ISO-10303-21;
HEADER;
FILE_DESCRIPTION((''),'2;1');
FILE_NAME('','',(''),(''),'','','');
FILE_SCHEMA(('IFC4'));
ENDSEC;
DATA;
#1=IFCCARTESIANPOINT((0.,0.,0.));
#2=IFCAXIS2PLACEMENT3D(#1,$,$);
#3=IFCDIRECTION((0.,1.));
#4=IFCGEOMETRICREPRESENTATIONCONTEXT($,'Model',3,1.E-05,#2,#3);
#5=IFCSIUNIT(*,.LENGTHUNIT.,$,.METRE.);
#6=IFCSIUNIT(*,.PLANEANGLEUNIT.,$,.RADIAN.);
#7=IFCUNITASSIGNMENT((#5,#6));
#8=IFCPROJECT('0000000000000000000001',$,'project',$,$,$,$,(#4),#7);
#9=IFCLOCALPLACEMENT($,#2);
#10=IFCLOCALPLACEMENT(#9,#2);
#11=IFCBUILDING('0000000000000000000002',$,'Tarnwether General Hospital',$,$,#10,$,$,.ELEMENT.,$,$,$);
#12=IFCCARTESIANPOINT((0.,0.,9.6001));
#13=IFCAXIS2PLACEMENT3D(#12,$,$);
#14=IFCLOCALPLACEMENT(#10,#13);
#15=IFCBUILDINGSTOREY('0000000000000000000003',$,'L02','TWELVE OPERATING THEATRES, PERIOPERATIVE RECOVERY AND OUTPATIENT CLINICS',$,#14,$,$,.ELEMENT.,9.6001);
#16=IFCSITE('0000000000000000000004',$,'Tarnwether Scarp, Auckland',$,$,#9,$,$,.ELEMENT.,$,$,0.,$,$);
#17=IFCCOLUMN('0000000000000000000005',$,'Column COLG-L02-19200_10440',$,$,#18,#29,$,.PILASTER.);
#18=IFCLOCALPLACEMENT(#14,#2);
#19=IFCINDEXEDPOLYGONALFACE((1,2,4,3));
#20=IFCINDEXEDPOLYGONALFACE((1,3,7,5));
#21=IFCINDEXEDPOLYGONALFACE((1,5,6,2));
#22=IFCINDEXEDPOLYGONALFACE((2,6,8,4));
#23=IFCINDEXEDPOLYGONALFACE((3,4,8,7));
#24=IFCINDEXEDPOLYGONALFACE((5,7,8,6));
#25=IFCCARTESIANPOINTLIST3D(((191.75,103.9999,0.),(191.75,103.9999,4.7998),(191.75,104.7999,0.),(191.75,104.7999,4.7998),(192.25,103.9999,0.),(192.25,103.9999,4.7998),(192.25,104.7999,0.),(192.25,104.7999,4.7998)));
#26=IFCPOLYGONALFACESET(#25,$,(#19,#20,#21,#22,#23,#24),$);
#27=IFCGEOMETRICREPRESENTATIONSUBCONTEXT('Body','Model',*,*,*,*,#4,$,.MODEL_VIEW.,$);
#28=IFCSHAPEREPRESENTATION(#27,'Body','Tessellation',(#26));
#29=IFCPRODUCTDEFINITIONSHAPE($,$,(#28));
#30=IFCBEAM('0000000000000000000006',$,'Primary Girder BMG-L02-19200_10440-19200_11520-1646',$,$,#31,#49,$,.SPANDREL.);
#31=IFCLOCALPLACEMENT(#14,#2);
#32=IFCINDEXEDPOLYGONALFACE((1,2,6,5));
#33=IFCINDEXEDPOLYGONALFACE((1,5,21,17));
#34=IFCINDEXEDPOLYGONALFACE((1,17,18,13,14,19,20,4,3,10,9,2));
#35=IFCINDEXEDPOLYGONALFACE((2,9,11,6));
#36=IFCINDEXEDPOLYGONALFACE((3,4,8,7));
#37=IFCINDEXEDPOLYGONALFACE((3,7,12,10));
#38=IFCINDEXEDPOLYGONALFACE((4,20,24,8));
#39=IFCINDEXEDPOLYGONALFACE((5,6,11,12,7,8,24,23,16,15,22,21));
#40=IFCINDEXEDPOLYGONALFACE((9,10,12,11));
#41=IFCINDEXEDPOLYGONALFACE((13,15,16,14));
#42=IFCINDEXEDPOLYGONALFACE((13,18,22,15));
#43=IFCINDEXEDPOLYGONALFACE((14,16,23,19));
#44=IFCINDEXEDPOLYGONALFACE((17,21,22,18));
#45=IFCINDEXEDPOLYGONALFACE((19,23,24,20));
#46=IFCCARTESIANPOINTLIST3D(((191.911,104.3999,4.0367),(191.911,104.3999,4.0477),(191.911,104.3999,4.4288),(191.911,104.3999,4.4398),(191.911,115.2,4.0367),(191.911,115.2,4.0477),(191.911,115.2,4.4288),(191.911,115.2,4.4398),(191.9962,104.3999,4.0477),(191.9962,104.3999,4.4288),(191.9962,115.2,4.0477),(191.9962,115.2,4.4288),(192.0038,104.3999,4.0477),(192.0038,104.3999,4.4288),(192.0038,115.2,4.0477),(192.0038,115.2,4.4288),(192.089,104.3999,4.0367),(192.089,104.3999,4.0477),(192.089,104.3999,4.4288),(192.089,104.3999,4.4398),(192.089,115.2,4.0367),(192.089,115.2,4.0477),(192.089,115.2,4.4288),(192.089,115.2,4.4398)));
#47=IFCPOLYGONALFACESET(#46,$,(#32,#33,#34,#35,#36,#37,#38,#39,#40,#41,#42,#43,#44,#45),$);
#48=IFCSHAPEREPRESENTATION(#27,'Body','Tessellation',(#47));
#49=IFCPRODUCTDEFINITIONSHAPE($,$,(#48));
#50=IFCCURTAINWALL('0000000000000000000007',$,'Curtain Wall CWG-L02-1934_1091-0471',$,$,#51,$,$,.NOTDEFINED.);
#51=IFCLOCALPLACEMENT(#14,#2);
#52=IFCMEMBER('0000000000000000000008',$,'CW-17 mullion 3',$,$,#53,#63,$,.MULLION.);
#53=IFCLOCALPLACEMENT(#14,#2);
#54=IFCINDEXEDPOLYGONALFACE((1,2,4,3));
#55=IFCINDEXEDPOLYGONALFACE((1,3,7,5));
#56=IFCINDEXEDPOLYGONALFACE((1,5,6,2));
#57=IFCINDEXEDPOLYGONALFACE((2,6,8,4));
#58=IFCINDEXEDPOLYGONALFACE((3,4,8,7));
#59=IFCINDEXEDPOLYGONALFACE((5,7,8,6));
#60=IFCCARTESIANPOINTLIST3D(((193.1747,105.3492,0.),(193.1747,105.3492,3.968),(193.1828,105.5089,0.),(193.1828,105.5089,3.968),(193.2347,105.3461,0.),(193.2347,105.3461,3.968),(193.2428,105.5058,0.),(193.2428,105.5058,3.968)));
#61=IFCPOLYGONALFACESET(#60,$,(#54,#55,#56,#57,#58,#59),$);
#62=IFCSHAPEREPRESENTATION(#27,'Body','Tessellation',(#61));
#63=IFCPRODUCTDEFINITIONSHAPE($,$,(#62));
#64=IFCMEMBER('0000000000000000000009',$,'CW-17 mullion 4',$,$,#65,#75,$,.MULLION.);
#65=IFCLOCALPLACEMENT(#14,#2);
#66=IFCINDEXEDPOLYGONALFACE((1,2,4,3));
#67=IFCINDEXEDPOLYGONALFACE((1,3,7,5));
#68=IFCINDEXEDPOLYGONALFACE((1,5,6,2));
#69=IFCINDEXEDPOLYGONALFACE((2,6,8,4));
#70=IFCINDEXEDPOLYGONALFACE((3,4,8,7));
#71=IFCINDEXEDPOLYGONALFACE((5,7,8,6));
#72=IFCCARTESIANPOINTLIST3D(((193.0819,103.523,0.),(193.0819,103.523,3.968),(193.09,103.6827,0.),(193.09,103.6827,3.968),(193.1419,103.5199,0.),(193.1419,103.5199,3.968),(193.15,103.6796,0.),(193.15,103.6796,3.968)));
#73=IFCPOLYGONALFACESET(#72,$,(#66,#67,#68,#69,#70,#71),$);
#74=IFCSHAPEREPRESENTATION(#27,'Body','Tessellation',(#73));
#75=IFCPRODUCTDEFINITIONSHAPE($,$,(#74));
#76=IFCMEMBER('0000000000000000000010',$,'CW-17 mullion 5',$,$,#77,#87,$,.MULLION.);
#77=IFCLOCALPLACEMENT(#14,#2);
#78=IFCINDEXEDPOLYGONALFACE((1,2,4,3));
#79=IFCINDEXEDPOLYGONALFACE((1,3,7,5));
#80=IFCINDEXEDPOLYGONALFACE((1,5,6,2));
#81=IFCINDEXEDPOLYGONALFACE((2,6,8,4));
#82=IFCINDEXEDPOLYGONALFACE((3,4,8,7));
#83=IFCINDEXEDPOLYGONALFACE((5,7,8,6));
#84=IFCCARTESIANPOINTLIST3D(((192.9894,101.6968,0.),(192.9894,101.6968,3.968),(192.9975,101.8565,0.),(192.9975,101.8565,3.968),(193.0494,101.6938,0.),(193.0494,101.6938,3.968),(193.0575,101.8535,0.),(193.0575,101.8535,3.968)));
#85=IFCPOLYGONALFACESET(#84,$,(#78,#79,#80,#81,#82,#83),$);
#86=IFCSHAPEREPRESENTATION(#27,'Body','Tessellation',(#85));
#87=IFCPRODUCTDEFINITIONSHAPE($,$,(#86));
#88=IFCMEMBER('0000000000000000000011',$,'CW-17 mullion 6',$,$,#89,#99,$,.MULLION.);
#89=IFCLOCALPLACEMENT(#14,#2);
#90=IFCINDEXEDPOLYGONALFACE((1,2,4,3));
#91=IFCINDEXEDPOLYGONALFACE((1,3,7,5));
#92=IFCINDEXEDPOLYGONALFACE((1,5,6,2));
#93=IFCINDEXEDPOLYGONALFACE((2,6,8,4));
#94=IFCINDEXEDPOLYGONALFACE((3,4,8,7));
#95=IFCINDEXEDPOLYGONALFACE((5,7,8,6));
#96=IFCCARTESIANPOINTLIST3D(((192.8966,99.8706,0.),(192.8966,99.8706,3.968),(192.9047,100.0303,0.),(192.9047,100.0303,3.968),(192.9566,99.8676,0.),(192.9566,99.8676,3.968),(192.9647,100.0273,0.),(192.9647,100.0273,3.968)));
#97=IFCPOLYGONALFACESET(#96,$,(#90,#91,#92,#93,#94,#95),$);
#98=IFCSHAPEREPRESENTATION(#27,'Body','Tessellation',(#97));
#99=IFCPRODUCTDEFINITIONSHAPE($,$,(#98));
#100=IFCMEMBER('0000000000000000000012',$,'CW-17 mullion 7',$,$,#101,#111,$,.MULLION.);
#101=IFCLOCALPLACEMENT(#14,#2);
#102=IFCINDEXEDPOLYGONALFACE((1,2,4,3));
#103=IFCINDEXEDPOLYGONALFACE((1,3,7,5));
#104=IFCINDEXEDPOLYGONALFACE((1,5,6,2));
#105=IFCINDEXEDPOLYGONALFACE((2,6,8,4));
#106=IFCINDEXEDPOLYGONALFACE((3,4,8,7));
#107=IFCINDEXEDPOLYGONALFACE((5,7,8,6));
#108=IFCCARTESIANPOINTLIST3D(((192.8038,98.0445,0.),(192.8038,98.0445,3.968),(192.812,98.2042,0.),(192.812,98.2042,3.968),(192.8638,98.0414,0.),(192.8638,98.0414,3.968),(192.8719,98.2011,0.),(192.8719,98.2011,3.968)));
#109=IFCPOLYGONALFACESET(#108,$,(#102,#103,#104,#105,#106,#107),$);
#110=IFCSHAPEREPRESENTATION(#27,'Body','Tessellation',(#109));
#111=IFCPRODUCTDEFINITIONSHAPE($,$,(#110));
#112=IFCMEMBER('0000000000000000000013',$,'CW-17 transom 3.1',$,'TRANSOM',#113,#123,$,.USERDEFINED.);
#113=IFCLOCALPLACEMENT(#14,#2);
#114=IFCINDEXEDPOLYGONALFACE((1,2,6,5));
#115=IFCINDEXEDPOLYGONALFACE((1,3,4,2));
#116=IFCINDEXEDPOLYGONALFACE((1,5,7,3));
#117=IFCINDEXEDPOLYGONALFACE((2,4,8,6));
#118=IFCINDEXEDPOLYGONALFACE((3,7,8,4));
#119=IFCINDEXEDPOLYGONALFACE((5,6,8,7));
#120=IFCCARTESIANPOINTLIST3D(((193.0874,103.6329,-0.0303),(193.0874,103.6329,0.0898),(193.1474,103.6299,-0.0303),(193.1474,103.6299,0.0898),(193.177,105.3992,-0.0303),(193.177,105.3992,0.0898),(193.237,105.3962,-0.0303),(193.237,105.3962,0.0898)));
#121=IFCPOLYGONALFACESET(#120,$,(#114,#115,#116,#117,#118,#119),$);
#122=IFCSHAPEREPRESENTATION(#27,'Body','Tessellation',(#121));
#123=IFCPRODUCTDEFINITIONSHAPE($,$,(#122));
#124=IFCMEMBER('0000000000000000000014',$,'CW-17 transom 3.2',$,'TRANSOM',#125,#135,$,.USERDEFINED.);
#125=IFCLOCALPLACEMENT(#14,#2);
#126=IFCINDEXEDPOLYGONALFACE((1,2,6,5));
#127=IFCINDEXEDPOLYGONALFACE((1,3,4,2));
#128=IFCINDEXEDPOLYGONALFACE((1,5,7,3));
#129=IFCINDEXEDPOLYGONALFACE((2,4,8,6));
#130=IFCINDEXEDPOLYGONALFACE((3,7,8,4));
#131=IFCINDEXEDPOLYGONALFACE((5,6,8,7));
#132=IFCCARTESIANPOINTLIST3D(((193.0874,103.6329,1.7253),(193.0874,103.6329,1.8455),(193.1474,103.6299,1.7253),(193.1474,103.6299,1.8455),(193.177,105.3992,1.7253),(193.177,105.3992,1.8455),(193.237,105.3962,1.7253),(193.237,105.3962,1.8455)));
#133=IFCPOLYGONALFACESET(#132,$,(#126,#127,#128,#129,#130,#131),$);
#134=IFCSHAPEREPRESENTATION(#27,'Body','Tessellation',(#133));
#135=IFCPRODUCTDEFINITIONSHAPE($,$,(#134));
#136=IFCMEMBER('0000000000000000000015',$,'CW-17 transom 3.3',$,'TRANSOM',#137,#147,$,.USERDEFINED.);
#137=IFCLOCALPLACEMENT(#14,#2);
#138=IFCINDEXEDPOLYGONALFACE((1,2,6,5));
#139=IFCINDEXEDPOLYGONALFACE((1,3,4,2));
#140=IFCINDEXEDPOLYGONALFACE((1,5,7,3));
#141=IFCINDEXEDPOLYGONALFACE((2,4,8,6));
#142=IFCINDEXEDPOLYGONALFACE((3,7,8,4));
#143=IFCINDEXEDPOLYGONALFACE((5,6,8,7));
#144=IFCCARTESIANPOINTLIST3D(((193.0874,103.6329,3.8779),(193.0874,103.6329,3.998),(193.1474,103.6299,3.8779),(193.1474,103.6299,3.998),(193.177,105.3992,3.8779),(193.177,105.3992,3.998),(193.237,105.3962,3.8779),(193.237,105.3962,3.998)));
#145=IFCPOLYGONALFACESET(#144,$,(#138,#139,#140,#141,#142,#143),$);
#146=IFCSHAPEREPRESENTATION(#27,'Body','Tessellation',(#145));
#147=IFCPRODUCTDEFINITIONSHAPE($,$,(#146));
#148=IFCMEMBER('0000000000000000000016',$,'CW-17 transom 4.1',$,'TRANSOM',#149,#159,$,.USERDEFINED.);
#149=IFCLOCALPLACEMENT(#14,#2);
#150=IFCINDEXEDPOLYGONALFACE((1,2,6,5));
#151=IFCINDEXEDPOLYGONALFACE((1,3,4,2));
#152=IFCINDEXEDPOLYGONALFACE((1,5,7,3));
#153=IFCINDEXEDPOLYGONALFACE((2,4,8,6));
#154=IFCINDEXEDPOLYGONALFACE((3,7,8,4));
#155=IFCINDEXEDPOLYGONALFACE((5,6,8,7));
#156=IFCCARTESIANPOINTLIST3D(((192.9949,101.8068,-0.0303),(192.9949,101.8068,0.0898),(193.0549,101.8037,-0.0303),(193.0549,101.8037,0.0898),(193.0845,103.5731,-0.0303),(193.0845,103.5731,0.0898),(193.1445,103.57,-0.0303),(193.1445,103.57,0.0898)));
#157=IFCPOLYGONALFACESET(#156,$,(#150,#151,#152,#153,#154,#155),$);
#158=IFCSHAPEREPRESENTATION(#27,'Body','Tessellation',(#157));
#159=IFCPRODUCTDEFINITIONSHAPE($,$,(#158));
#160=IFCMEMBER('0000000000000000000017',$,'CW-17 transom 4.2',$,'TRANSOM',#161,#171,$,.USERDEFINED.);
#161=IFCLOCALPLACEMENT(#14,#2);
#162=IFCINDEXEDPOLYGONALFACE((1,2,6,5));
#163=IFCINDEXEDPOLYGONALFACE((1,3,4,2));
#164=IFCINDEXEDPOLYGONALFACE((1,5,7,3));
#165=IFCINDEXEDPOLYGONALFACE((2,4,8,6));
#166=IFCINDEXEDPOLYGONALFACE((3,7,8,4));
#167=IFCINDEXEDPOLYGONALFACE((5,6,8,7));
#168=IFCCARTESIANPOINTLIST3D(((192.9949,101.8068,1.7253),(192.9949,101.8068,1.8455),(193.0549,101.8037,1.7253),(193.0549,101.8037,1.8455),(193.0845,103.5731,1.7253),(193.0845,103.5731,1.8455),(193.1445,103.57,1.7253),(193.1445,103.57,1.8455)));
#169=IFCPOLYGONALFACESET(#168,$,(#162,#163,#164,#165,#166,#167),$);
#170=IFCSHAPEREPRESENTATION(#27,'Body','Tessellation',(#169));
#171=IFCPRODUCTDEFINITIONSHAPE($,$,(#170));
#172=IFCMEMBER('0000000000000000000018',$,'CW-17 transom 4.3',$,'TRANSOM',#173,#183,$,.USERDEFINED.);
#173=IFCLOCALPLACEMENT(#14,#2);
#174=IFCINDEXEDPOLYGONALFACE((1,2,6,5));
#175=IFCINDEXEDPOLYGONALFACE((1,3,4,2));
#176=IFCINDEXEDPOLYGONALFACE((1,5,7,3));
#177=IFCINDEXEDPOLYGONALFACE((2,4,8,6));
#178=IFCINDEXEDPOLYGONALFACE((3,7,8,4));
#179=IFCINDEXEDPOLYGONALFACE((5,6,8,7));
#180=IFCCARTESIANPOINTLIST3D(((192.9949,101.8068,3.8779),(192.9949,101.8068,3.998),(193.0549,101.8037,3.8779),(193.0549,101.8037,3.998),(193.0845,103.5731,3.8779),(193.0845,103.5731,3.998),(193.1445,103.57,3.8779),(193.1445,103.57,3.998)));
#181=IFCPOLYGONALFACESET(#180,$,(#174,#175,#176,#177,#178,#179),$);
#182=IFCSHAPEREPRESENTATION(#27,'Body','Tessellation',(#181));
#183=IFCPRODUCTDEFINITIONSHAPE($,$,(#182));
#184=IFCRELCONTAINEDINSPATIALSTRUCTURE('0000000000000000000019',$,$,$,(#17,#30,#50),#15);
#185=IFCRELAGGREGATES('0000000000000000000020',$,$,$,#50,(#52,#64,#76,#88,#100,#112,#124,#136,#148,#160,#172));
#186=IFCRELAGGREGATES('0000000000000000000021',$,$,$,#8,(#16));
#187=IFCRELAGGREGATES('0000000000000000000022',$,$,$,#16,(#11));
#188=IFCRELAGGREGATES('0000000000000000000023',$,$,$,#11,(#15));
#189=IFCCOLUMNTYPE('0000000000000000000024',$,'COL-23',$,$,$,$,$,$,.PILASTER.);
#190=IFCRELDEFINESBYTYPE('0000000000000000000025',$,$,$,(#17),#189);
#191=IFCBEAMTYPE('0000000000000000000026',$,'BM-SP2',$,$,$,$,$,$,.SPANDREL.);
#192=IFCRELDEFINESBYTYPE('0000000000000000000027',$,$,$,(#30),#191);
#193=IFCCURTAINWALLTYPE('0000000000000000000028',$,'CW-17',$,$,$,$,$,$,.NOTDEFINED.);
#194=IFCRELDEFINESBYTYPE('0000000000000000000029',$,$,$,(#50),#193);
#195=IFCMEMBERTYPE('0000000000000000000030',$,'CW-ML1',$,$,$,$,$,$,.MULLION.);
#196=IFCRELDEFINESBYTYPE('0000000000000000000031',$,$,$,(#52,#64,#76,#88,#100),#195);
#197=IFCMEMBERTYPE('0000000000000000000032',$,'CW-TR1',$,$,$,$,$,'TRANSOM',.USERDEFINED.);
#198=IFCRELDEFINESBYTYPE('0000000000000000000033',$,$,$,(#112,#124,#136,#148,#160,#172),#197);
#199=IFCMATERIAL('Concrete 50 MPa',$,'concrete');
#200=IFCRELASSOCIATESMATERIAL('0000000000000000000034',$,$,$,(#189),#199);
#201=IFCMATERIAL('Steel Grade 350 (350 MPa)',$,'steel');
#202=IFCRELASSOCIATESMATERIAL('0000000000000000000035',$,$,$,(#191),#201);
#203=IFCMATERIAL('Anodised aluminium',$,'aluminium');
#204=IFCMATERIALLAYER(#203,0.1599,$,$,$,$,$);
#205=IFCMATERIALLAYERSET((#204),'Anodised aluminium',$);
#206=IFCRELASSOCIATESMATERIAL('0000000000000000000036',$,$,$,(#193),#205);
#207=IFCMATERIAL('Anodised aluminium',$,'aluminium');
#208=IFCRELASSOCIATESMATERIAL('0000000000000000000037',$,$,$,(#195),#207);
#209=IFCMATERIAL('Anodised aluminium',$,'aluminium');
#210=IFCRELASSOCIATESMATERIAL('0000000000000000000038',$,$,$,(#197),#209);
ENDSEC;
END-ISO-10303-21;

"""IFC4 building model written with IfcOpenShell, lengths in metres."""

from ifc_helpers import new_model, si_unit, direction, frame, origin, origin_2d, place, context, subcontext, project, spatial, rectangle, i_section, extrude, material, layer, layer_set, material_profile, profile_set, type_object, element, aggregate, save


model = new_model("IFC4")

# Units and contexts
model_context = context("Model", 3, precision=1e-05, world=origin(), true_north=direction((0.0, 1.0)))
body_context = subcontext(model_context, "Body", "Model", "MODEL_VIEW")
ifc_project = project(units=[si_unit("LENGTHUNIT", "METRE"), si_unit("PLANEANGLEUNIT", "RADIAN")], contexts=[model_context])

# Site, building, storey
site_placement = place(None, origin())
site = spatial("IfcSite", under=ifc_project, at=site_placement, Name="Tarnwether Scarp, Auckland", CompositionType="ELEMENT", RefElevation=0.0)
building_placement = place(site_placement, origin())
building = spatial("IfcBuilding", under=site, at=building_placement, Name="Tarnwether General Hospital", CompositionType="ELEMENT")
storey_placement = place(building_placement, frame((0.0, 0.0, 9.6001)))
storey = spatial("IfcBuildingStorey", under=building, at=storey_placement, Name="L02", Description="TWELVE OPERATING THEATRES, PERIOPERATIVE RECOVERY AND OUTPATIENT CLINICS", CompositionType="ELEMENT", Elevation=9.6001)

# Column
ifc_material_1 = material(Name="Concrete 50 MPa", Category="concrete")
ifc_material_profile_1 = material_profile(ifc_material_1, rectangle(XDim=0.5, YDim=0.8, at=origin_2d()), Name="RC-PIL-500x800")
ifc_profile_set_1 = profile_set([ifc_material_profile_1], Name="Concrete 50 MPa")
column_type = type_object("IfcColumnType", Name="COL-23", PredefinedType="PILASTER", material=ifc_profile_set_1)
column_placement = place(storey_placement, frame((192.0, 104.3999, 0.0), z_axis=(0.0, 0.0, 1.0), x_axis=(1.0, 0.0, 0.0)))
element("IfcColumn", 1, at=column_placement, inside=storey, type_object=column_type, Name="Column COLG-L02-19200_10440", PredefinedType="PILASTER", context=body_context, shape_type="SweptSolid", body=[
    extrude(rectangle(XDim=0.5, YDim=0.8, at=origin_2d()), origin(), (0.0, 0.0, 1.0), 4.7998),
])

# Beam
ifc_material_2 = material(Name="Steel Grade 350 (350 MPa)", Category="steel")
ifc_material_profile_2 = material_profile(ifc_material_2, i_section(OverallWidth=0.178, OverallDepth=0.4031, WebThickness=0.0076, FlangeThickness=0.011, at=origin_2d()), Name="410UB53.7")
ifc_profile_set_2 = profile_set([ifc_material_profile_2], Name="Steel Grade 350 (350 MPa)")
beam_type = type_object("IfcBeamType", Name="BM-SP2", PredefinedType="SPANDREL", material=ifc_profile_set_2)
beam_placement = place(storey_placement, frame((192.0, 104.3999, 4.2383), z_axis=(0.0, 1.0, 0.0), x_axis=(-1.0, 0.0, 0.0)))
element("IfcBeam", 2, at=beam_placement, inside=storey, type_object=beam_type, Name="Primary Girder BMG-L02-19200_10440-19200_11520-1646", PredefinedType="SPANDREL", context=body_context, shape_type="SweptSolid", body=[
    extrude(i_section(OverallWidth=0.178, OverallDepth=0.4031, WebThickness=0.0076, FlangeThickness=0.011, at=origin_2d()), origin(), (0.0, 0.0, 1.0), 10.8),
])

# Curtain wall, members
ifc_material_3 = material(Name="Anodised aluminium", Category="aluminium")
ifc_layer_1 = layer(ifc_material_3, 0.1599)
ifc_layer_set_1 = layer_set([ifc_layer_1], Name="Anodised aluminium")
curtain_wall_type = type_object("IfcCurtainWallType", Name="CW-17", PredefinedType="NOTDEFINED", material=ifc_layer_set_1)
curtain_wall_placement = place(storey_placement, origin())
curtain_wall = element("IfcCurtainWall", 3, at=curtain_wall_placement, inside=storey, type_object=curtain_wall_type, Name="Curtain Wall CWG-L02-1934_1091-0471", PredefinedType="NOTDEFINED")
ifc_material_4 = material(Name="Anodised aluminium", Category="aluminium")
ifc_material_profile_3 = material_profile(ifc_material_4, rectangle(XDim=0.0601, YDim=0.1599, at=origin_2d()), Name="ALU-MUL-60x160")
ifc_profile_set_3 = profile_set([ifc_material_profile_3], Name="Anodised aluminium")
member_type_1 = type_object("IfcMemberType", Name="CW-ML1", PredefinedType="MULLION", material=ifc_profile_set_3)
member_1_placement = place(storey_placement, frame((193.2087, 105.4275, 0.0), z_axis=(0.0, 0.0, 1.0), x_axis=(0.998715, -0.050678, 0.0)))
member_1 = element("IfcMember", 4, at=member_1_placement, type_object=member_type_1, Name="CW-17 mullion 3", PredefinedType="MULLION", context=body_context, shape_type="SweptSolid", body=[
    extrude(rectangle(XDim=0.0601, YDim=0.1599, at=origin_2d()), origin(), (0.0, 0.0, 1.0), 3.968),
])
member_2_placement = place(storey_placement, frame((193.116, 103.6013, 0.0), z_axis=(0.0, 0.0, 1.0), x_axis=(0.998715, -0.050678, 0.0)))
member_2 = element("IfcMember", 5, at=member_2_placement, type_object=member_type_1, Name="CW-17 mullion 4", PredefinedType="MULLION", context=body_context, shape_type="SweptSolid", body=[
    extrude(rectangle(XDim=0.0601, YDim=0.1599, at=origin_2d()), origin(), (0.0, 0.0, 1.0), 3.968),
])
member_3_placement = place(storey_placement, frame((193.0234, 101.7751, 0.0), z_axis=(0.0, 0.0, 1.0), x_axis=(0.998715, -0.050678, 0.0)))
member_3 = element("IfcMember", 6, at=member_3_placement, type_object=member_type_1, Name="CW-17 mullion 5", PredefinedType="MULLION", context=body_context, shape_type="SweptSolid", body=[
    extrude(rectangle(XDim=0.0601, YDim=0.1599, at=origin_2d()), origin(), (0.0, 0.0, 1.0), 3.968),
])
member_4_placement = place(storey_placement, frame((192.9307, 99.949, 0.0), z_axis=(0.0, 0.0, 1.0), x_axis=(0.998715, -0.050678, 0.0)))
member_4 = element("IfcMember", 7, at=member_4_placement, type_object=member_type_1, Name="CW-17 mullion 6", PredefinedType="MULLION", context=body_context, shape_type="SweptSolid", body=[
    extrude(rectangle(XDim=0.0601, YDim=0.1599, at=origin_2d()), origin(), (0.0, 0.0, 1.0), 3.968),
])
member_5_placement = place(storey_placement, frame((192.8379, 98.1228, 0.0), z_axis=(0.0, 0.0, 1.0), x_axis=(0.998715, -0.050678, 0.0)))
member_5 = element("IfcMember", 8, at=member_5_placement, type_object=member_type_1, Name="CW-17 mullion 7", PredefinedType="MULLION", context=body_context, shape_type="SweptSolid", body=[
    extrude(rectangle(XDim=0.0601, YDim=0.1599, at=origin_2d()), origin(), (0.0, 0.0, 1.0), 3.968),
])
ifc_material_5 = material(Name="Anodised aluminium", Category="aluminium")
ifc_material_profile_4 = material_profile(ifc_material_5, rectangle(XDim=0.0601, YDim=0.1201, at=origin_2d()), Name="ALU-TRN-60x120")
ifc_profile_set_4 = profile_set([ifc_material_profile_4], Name="Anodised aluminium")
member_type_2 = type_object("IfcMemberType", Name="CW-TR1", ElementType="TRANSOM", PredefinedType="USERDEFINED", material=ifc_profile_set_4)
member_6_placement = place(storey_placement, frame((193.207, 105.3977, 0.0298), z_axis=(-0.050661, -0.998716, 0.0), x_axis=(0.998716, -0.050661, 0.0)))
member_6 = element("IfcMember", 9, at=member_6_placement, type_object=member_type_2, Name="CW-17 transom 3.1", ObjectType="TRANSOM", PredefinedType="USERDEFINED", context=body_context, shape_type="SweptSolid", body=[
    extrude(rectangle(XDim=0.0601, YDim=0.1201, at=origin_2d()), origin(), (0.0, 0.0, 1.0), 1.7686),
])
member_7_placement = place(storey_placement, frame((193.207, 105.3977, 1.7854), z_axis=(-0.050661, -0.998716, 0.0), x_axis=(0.998716, -0.050661, 0.0)))
member_7 = element("IfcMember", 10, at=member_7_placement, type_object=member_type_2, Name="CW-17 transom 3.2", ObjectType="TRANSOM", PredefinedType="USERDEFINED", context=body_context, shape_type="SweptSolid", body=[
    extrude(rectangle(XDim=0.0601, YDim=0.1201, at=origin_2d()), origin(), (0.0, 0.0, 1.0), 1.7686),
])
member_8_placement = place(storey_placement, frame((193.207, 105.3977, 3.938), z_axis=(-0.050661, -0.998716, 0.0), x_axis=(0.998716, -0.050661, 0.0)))
member_8 = element("IfcMember", 11, at=member_8_placement, type_object=member_type_2, Name="CW-17 transom 3.3", ObjectType="TRANSOM", PredefinedType="USERDEFINED", context=body_context, shape_type="SweptSolid", body=[
    extrude(rectangle(XDim=0.0601, YDim=0.1201, at=origin_2d()), origin(), (0.0, 0.0, 1.0), 1.7686),
])
member_9_placement = place(storey_placement, frame((193.1145, 103.5715, 0.0298), z_axis=(-0.050661, -0.998716, 0.0), x_axis=(0.998716, -0.050661, 0.0)))
member_9 = element("IfcMember", 12, at=member_9_placement, type_object=member_type_2, Name="CW-17 transom 4.1", ObjectType="TRANSOM", PredefinedType="USERDEFINED", context=body_context, shape_type="SweptSolid", body=[
    extrude(rectangle(XDim=0.0601, YDim=0.1201, at=origin_2d()), origin(), (0.0, 0.0, 1.0), 1.7686),
])
member_10_placement = place(storey_placement, frame((193.1145, 103.5715, 1.7854), z_axis=(-0.050661, -0.998716, 0.0), x_axis=(0.998716, -0.050661, 0.0)))
member_10 = element("IfcMember", 13, at=member_10_placement, type_object=member_type_2, Name="CW-17 transom 4.2", ObjectType="TRANSOM", PredefinedType="USERDEFINED", context=body_context, shape_type="SweptSolid", body=[
    extrude(rectangle(XDim=0.0601, YDim=0.1201, at=origin_2d()), origin(), (0.0, 0.0, 1.0), 1.7686),
])
member_11_placement = place(storey_placement, frame((193.1145, 103.5715, 3.938), z_axis=(-0.050661, -0.998716, 0.0), x_axis=(0.998716, -0.050661, 0.0)))
member_11 = element("IfcMember", 14, at=member_11_placement, type_object=member_type_2, Name="CW-17 transom 4.3", ObjectType="TRANSOM", PredefinedType="USERDEFINED", context=body_context, shape_type="SweptSolid", body=[
    extrude(rectangle(XDim=0.0601, YDim=0.1201, at=origin_2d()), origin(), (0.0, 0.0, 1.0), 1.7686),
])
aggregate(curtain_wall, [member_1, member_2, member_3, member_4, member_5, member_6, member_7, member_8, member_9, member_10, member_11])

save(model, "model.ifc")
